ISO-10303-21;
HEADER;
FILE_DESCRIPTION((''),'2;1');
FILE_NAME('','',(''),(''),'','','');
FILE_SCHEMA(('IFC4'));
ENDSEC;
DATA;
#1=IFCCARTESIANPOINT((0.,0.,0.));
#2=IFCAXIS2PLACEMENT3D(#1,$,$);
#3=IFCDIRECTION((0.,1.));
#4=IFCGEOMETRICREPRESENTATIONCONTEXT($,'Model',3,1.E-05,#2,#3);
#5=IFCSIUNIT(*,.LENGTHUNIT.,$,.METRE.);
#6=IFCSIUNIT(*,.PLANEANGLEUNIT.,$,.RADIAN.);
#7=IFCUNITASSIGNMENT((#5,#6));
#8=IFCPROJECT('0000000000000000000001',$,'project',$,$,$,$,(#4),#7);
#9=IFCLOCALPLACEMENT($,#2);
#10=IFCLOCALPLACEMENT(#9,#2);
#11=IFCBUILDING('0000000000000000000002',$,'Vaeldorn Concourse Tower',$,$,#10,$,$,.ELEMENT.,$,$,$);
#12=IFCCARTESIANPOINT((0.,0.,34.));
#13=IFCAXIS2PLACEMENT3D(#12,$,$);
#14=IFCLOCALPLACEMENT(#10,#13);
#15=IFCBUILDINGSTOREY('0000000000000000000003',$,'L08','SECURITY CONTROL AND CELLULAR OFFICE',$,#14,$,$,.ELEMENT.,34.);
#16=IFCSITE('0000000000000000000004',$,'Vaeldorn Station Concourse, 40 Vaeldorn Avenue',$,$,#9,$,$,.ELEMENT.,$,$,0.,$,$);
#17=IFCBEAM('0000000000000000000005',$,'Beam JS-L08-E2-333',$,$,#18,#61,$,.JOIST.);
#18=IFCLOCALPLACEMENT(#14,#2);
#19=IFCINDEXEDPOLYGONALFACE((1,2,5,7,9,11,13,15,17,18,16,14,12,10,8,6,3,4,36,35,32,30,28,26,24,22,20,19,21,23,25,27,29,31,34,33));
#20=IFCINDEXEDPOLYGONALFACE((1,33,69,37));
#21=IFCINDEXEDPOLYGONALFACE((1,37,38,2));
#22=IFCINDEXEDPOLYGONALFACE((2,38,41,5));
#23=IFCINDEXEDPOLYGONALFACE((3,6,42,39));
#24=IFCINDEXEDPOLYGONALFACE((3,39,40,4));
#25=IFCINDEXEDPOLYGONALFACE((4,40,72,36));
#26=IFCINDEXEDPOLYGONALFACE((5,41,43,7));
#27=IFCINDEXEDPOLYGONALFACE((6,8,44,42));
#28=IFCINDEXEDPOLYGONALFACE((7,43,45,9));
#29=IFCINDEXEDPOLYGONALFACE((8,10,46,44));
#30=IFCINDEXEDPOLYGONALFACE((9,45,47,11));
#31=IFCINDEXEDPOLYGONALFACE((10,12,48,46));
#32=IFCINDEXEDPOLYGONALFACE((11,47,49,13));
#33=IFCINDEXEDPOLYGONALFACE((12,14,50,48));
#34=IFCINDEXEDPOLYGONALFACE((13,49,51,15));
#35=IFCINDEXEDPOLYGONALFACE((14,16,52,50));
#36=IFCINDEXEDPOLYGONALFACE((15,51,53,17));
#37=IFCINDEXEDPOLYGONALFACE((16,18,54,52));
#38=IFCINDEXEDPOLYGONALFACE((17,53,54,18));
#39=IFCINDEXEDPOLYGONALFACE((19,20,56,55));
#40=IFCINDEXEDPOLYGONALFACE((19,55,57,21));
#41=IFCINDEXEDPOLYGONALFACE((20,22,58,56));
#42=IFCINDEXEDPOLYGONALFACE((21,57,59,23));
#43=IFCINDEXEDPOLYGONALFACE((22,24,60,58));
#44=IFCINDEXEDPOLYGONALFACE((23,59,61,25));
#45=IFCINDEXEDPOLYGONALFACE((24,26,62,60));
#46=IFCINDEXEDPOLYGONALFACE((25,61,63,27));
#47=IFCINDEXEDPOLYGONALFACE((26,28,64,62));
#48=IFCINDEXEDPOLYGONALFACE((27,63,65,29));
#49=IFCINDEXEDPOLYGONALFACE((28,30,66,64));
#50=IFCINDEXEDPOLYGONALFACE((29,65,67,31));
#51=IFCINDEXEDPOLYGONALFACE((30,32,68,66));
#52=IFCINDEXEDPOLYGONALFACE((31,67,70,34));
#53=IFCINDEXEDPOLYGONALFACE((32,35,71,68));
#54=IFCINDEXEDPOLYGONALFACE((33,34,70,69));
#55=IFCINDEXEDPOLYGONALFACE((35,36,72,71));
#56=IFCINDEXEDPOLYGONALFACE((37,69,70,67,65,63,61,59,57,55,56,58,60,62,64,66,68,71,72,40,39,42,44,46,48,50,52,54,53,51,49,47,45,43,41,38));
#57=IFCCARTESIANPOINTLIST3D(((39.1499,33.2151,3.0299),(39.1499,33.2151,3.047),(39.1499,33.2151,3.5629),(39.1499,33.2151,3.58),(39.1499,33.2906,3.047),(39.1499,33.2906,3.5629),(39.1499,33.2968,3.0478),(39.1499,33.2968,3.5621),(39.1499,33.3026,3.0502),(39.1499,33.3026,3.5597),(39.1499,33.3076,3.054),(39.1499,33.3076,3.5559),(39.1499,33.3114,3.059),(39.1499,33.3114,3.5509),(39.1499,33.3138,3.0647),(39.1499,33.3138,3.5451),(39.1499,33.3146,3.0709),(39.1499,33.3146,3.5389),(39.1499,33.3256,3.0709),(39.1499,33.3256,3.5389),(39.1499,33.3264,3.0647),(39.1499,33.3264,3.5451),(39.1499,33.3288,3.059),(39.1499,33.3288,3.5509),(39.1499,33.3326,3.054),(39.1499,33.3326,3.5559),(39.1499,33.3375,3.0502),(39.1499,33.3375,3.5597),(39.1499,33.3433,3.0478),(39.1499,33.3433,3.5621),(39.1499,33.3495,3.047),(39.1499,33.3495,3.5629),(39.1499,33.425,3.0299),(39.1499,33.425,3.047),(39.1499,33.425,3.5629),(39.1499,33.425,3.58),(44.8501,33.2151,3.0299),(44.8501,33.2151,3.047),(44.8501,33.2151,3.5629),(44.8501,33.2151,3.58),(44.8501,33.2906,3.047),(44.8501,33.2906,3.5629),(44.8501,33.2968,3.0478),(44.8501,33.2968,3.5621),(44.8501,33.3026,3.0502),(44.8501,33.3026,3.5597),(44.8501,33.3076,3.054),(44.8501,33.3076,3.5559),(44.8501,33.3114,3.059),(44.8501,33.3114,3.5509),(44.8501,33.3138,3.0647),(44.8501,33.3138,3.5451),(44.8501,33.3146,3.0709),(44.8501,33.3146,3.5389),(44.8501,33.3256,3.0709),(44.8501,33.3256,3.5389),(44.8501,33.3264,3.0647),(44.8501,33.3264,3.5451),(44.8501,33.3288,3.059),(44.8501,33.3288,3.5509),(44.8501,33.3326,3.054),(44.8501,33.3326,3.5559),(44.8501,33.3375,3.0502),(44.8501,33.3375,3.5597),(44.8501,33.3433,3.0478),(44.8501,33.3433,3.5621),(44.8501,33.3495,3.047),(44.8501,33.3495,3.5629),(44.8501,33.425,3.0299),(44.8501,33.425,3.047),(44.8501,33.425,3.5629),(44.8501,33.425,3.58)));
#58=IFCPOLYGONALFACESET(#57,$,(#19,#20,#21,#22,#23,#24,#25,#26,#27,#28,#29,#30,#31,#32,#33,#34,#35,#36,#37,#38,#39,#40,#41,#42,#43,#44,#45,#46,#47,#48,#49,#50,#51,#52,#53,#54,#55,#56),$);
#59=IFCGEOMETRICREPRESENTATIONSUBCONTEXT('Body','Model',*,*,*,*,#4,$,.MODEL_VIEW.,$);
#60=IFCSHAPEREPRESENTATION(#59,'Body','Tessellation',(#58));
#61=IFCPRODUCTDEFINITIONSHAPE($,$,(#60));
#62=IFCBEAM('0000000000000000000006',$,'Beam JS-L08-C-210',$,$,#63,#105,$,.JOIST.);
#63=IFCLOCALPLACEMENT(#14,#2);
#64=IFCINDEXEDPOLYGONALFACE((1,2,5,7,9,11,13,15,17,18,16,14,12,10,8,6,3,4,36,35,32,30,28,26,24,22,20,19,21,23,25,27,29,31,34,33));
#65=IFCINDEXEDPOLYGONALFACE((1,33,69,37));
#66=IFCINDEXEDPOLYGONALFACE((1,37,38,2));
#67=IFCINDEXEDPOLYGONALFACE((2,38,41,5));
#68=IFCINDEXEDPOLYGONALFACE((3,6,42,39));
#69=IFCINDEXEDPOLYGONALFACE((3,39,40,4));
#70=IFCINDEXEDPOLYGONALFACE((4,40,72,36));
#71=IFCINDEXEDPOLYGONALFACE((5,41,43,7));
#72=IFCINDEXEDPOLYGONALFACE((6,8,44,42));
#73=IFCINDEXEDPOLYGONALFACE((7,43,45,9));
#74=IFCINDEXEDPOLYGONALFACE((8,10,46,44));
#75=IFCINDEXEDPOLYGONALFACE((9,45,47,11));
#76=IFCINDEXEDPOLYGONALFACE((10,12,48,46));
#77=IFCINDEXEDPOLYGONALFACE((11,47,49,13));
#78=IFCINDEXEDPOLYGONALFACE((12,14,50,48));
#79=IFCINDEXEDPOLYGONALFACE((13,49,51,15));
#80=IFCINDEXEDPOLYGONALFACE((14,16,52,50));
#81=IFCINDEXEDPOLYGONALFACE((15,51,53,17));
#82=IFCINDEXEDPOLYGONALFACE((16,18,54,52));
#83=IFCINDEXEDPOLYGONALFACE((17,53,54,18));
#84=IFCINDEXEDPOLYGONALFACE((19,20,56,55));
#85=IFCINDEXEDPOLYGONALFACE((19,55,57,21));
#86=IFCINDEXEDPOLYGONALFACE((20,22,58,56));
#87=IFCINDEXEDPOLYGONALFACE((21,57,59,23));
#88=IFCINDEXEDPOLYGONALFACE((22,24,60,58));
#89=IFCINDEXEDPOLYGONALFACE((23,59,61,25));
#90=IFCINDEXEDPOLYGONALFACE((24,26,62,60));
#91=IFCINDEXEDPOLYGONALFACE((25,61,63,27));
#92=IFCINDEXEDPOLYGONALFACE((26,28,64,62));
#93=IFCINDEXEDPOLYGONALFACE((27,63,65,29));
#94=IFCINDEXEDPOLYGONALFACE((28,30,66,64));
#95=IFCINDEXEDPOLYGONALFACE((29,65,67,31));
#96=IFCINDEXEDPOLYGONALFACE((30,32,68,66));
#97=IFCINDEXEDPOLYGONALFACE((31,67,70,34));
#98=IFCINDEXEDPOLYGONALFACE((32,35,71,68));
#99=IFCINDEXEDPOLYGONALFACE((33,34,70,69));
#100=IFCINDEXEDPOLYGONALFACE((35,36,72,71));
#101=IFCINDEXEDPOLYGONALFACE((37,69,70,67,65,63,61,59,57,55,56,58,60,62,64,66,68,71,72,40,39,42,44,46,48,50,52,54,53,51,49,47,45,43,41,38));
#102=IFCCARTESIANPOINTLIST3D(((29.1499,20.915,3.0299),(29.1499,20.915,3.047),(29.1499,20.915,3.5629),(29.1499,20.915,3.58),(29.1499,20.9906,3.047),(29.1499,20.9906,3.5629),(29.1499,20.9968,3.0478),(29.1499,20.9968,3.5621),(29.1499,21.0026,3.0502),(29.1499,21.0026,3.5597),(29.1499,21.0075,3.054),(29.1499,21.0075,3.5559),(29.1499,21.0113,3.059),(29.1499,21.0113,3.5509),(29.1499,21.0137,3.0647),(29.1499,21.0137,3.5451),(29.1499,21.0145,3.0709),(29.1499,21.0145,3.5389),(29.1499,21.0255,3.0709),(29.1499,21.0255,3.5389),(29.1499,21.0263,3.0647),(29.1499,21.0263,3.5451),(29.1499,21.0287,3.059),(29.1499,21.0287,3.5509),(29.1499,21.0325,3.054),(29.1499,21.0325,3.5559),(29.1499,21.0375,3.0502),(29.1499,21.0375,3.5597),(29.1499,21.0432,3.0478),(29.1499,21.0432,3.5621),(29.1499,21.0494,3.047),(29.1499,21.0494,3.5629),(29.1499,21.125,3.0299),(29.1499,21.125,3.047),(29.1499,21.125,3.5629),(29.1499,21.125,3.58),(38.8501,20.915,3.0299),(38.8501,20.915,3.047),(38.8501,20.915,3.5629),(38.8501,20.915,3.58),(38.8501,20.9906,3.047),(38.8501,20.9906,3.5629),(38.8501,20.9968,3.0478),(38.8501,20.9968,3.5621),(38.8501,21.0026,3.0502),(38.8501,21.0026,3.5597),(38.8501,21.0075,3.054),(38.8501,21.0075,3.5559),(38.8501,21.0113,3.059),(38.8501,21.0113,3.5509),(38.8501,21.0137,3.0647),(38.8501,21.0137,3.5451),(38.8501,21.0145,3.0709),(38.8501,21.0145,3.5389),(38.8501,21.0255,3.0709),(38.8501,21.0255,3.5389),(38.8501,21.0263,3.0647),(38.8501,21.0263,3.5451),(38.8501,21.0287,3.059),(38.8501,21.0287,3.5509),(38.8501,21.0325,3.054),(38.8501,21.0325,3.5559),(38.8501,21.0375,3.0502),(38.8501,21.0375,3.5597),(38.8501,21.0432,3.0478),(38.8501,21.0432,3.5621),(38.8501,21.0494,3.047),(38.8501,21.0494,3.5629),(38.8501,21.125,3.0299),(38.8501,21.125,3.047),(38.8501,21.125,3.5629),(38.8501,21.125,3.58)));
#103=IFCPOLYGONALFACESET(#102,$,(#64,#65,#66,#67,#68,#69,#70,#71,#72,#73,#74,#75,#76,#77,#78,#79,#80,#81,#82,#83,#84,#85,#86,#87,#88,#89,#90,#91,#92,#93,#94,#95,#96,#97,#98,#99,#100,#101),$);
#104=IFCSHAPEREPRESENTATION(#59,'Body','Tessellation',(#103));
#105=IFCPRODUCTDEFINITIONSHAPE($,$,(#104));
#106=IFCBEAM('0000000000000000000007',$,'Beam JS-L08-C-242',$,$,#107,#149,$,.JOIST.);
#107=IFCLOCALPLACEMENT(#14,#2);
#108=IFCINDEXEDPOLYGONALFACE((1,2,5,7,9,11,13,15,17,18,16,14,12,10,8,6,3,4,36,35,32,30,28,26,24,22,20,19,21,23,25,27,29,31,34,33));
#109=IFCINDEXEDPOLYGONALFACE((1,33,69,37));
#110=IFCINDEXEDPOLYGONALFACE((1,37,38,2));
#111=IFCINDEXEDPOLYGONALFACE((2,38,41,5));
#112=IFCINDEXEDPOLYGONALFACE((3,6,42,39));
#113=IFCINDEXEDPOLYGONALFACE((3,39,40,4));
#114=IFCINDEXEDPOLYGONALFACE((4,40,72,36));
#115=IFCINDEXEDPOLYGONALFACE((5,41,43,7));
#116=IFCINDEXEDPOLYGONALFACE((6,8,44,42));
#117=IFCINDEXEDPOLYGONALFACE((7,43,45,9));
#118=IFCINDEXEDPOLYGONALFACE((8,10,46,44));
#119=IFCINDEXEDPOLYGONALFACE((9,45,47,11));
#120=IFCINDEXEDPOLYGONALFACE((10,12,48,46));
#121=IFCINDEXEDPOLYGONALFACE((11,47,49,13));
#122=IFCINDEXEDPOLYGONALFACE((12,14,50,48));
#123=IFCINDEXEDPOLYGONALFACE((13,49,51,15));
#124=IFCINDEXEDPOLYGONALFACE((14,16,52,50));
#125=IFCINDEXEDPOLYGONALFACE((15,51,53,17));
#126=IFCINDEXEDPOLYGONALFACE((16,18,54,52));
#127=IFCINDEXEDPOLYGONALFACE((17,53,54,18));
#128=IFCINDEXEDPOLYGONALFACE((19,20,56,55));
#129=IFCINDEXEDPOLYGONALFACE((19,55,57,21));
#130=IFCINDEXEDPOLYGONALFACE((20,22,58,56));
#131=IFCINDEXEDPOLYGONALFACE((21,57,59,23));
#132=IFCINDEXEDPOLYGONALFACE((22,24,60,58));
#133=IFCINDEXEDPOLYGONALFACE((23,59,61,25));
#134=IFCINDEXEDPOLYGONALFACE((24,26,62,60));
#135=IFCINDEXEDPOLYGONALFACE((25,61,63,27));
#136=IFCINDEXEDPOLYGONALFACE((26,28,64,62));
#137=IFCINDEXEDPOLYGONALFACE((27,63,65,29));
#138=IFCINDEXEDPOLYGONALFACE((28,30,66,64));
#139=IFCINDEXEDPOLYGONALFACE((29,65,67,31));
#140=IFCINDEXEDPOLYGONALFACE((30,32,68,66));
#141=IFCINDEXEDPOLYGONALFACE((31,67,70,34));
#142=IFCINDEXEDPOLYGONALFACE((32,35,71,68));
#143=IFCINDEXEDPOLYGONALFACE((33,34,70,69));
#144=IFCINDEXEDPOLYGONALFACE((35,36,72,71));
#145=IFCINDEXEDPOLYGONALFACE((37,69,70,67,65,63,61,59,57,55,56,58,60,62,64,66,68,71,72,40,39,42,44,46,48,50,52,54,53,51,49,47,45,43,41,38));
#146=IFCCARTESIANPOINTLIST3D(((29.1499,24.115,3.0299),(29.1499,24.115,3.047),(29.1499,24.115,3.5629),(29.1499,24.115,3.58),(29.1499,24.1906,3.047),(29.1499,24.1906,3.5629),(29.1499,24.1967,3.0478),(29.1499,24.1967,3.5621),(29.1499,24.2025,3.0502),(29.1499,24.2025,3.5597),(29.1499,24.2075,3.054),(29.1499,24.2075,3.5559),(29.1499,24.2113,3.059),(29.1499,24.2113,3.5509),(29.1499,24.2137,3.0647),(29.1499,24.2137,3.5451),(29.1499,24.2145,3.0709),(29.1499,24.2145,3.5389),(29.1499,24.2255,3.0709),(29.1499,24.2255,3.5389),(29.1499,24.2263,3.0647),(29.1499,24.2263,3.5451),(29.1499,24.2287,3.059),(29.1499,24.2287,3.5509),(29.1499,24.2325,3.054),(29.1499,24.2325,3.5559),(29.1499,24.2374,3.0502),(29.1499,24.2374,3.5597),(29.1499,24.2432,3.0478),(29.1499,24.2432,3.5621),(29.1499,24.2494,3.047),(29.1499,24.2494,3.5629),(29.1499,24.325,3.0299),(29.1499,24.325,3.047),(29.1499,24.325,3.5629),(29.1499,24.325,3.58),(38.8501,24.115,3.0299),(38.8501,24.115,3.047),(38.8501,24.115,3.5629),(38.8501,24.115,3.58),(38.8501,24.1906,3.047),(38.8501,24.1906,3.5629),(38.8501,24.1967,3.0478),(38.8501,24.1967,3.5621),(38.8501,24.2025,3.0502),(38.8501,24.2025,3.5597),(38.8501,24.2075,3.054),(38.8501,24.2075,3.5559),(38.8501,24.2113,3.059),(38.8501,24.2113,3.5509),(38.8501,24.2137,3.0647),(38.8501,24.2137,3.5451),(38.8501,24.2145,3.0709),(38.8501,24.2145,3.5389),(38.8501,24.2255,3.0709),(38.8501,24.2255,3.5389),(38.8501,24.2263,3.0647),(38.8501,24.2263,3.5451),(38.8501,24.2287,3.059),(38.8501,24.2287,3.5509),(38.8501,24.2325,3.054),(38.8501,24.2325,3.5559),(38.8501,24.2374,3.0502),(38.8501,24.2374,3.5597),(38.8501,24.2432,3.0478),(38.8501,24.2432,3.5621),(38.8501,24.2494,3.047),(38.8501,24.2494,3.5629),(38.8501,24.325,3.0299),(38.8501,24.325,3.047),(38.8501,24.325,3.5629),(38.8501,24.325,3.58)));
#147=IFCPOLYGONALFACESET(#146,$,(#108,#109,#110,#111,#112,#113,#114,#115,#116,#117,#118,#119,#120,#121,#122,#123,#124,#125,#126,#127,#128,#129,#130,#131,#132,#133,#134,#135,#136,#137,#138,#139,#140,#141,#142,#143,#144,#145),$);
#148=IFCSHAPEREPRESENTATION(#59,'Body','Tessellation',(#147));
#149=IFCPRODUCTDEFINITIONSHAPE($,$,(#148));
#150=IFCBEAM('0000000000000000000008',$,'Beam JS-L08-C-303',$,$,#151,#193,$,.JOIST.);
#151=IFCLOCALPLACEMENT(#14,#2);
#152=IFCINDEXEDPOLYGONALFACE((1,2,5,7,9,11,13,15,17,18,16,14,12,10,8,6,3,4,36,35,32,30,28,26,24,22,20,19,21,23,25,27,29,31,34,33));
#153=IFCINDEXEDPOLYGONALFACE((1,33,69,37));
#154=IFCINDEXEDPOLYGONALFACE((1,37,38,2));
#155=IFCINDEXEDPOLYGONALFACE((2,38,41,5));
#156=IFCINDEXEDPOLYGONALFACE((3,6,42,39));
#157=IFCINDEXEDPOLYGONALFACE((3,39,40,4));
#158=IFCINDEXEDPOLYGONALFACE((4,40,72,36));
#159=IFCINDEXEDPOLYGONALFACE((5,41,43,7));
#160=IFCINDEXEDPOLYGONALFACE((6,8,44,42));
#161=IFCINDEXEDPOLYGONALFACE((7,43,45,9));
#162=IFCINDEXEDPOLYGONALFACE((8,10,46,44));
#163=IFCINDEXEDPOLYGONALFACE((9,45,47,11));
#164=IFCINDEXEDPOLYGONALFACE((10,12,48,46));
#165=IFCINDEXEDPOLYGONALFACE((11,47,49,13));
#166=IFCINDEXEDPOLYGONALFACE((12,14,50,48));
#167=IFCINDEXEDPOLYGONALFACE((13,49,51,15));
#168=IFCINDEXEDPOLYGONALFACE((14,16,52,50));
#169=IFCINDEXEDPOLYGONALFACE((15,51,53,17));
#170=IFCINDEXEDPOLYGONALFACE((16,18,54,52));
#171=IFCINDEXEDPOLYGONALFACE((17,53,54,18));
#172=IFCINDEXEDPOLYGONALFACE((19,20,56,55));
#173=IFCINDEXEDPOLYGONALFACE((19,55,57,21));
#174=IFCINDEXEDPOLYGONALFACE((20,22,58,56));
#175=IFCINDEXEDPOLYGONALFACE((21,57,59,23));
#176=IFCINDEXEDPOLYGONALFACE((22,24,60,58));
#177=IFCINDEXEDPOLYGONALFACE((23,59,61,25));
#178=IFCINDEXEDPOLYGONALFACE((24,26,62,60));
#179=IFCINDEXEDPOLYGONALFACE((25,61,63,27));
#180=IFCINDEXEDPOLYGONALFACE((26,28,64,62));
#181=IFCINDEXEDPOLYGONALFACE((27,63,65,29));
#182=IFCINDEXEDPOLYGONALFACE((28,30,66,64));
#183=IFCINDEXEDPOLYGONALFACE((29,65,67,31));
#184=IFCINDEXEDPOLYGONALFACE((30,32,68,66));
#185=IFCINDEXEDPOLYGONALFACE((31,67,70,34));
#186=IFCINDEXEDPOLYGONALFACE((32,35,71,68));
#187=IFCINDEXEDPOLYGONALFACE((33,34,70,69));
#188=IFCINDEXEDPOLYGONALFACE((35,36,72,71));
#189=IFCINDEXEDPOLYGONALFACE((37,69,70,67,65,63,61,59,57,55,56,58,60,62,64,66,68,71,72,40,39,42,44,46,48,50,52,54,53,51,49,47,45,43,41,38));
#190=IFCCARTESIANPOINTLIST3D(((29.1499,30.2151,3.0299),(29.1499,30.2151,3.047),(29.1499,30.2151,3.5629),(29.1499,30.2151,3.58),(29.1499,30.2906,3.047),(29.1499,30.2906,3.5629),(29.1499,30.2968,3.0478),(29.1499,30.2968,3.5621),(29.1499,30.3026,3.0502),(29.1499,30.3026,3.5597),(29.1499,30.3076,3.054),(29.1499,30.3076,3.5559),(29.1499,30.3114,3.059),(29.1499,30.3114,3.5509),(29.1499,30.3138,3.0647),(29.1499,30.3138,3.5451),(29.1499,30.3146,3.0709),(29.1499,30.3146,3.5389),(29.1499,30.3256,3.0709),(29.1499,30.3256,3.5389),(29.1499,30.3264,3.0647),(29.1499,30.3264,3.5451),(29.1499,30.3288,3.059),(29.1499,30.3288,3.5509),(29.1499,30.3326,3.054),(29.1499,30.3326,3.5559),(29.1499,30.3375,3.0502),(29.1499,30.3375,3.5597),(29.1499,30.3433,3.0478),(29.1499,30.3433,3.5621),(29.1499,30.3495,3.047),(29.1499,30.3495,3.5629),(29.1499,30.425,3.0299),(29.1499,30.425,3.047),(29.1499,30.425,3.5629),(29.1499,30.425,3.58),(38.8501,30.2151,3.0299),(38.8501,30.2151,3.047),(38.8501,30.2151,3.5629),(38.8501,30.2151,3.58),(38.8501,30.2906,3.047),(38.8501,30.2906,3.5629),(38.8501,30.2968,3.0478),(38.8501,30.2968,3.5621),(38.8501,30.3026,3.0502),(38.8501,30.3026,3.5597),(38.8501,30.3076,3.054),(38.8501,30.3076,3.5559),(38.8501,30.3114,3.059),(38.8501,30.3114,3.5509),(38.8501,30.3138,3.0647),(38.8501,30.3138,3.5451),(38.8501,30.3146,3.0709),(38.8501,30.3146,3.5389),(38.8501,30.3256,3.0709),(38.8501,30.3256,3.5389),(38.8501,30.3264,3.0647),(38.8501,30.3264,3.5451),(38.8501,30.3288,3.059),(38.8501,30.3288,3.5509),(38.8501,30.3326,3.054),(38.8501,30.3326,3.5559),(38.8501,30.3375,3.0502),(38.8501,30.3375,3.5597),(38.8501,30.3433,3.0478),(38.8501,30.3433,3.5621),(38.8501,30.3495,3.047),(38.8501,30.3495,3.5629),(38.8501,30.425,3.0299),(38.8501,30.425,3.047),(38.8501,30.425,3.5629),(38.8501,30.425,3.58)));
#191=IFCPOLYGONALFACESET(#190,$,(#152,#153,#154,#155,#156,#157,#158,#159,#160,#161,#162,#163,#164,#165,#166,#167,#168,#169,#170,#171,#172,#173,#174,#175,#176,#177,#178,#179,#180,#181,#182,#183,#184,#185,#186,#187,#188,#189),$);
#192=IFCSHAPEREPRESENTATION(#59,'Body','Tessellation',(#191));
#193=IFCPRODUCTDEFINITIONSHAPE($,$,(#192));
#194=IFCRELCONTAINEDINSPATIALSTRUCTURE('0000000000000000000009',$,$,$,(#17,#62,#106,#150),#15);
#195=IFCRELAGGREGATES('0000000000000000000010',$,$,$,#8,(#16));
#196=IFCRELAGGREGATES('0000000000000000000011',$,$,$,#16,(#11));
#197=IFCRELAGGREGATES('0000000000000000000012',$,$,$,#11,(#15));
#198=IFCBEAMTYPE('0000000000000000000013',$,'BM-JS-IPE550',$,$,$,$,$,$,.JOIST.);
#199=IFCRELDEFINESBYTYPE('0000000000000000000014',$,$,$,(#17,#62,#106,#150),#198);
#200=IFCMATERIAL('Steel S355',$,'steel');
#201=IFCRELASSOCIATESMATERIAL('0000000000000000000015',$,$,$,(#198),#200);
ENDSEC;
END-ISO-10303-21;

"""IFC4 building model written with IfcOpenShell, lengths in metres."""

from ifc_helpers import new_model, si_unit, direction, frame, origin, origin_2d, place, context, subcontext, project, spatial, i_section, extrude, source, transform, mapped, material, material_profile, profile_set, type_object, element, save


model = new_model("IFC4")

# Units and contexts
model_context = context("Model", 3, precision=1e-05, world=origin(), true_north=direction((0.0, 1.0)))
body_context = subcontext(model_context, "Body", "Model", "MODEL_VIEW")
ifc_project = project(units=[si_unit("LENGTHUNIT", "METRE"), si_unit("PLANEANGLEUNIT", "RADIAN")], contexts=[model_context])

# Site, building, storey
site_placement = place(None, origin())
site = spatial("IfcSite", under=ifc_project, at=site_placement, Name="Vaeldorn Station Concourse, 40 Vaeldorn Avenue", CompositionType="ELEMENT", RefElevation=0.0)
building_placement = place(site_placement, origin())
building = spatial("IfcBuilding", under=site, at=building_placement, Name="Vaeldorn Concourse Tower", CompositionType="ELEMENT")
storey_placement = place(building_placement, frame((0.0, 0.0, 34.0)))
storey = spatial("IfcBuildingStorey", under=building, at=storey_placement, Name="L08", Description="SECURITY CONTROL AND CELLULAR OFFICE", CompositionType="ELEMENT", Elevation=34.0)

# Beams
ifc_material_1 = material(Name="Steel S355", Category="steel")
ifc_material_profile_1 = material_profile(ifc_material_1, i_section(OverallWidth=0.21, OverallDepth=0.55, WebThickness=0.011, FlangeThickness=0.0171, FilletRadius=0.0239, at=origin_2d()), Name="IPE 550")
ifc_profile_set_1 = profile_set([ifc_material_profile_1], Name="Steel S355")
beam_type_1 = type_object("IfcBeamType", Name="BM-JS-IPE550", PredefinedType="JOIST", material=ifc_profile_set_1)
shared_shape_1 = source(origin(), body_context, "Body", "SweptSolid", [
    extrude(i_section(OverallWidth=0.21, OverallDepth=0.55, WebThickness=0.011, FlangeThickness=0.0171, FilletRadius=0.0239, at=origin_2d()), origin(), (0.0, 0.0, 1.0), 5.7002),
])
for number, where, z_axis, x_axis, name in (
    (1, (39.1499, 33.3201, 3.3049), (1.0, 0.0, 0.0), (0.0, 1.0, 0.0), "Beam JS-L08-E2-333"),
):
    element("IfcBeam", number, at=place(storey_placement, frame(where, z_axis=z_axis, x_axis=x_axis)), inside=storey, type_object=beam_type_1, Name=name, PredefinedType="JOIST", context=body_context, shape_type="MappedRepresentation", body=[
        mapped(shared_shape_1, transform((0.0, 0.0, 0.0), scale=1.0)),
    ])
shared_shape_2 = source(origin(), body_context, "Body", "SweptSolid", [
    extrude(i_section(OverallWidth=0.21, OverallDepth=0.55, WebThickness=0.011, FlangeThickness=0.0171, FilletRadius=0.0239, at=origin_2d()), origin(), (0.0, 0.0, 1.0), 9.7002),
])
for number, where, z_axis, x_axis, name in (
    (2, (29.1499, 21.02, 3.3049), (1.0, 0.0, 0.0), (0.0, 1.0, 0.0), "Beam JS-L08-C-210"),
    (3, (29.1499, 24.22, 3.3049), (1.0, 0.0, 0.0), (0.0, 1.0, 0.0), "Beam JS-L08-C-242"),
    (4, (29.1499, 30.3201, 3.3049), (1.0, 0.0, 0.0), (0.0, 1.0, 0.0), "Beam JS-L08-C-303"),
):
    element("IfcBeam", number, at=place(storey_placement, frame(where, z_axis=z_axis, x_axis=x_axis)), inside=storey, type_object=beam_type_1, Name=name, PredefinedType="JOIST", context=body_context, shape_type="MappedRepresentation", body=[
        mapped(shared_shape_2, transform((0.0, 0.0, 0.0), scale=1.0)),
    ])

save(model, "model.ifc")
